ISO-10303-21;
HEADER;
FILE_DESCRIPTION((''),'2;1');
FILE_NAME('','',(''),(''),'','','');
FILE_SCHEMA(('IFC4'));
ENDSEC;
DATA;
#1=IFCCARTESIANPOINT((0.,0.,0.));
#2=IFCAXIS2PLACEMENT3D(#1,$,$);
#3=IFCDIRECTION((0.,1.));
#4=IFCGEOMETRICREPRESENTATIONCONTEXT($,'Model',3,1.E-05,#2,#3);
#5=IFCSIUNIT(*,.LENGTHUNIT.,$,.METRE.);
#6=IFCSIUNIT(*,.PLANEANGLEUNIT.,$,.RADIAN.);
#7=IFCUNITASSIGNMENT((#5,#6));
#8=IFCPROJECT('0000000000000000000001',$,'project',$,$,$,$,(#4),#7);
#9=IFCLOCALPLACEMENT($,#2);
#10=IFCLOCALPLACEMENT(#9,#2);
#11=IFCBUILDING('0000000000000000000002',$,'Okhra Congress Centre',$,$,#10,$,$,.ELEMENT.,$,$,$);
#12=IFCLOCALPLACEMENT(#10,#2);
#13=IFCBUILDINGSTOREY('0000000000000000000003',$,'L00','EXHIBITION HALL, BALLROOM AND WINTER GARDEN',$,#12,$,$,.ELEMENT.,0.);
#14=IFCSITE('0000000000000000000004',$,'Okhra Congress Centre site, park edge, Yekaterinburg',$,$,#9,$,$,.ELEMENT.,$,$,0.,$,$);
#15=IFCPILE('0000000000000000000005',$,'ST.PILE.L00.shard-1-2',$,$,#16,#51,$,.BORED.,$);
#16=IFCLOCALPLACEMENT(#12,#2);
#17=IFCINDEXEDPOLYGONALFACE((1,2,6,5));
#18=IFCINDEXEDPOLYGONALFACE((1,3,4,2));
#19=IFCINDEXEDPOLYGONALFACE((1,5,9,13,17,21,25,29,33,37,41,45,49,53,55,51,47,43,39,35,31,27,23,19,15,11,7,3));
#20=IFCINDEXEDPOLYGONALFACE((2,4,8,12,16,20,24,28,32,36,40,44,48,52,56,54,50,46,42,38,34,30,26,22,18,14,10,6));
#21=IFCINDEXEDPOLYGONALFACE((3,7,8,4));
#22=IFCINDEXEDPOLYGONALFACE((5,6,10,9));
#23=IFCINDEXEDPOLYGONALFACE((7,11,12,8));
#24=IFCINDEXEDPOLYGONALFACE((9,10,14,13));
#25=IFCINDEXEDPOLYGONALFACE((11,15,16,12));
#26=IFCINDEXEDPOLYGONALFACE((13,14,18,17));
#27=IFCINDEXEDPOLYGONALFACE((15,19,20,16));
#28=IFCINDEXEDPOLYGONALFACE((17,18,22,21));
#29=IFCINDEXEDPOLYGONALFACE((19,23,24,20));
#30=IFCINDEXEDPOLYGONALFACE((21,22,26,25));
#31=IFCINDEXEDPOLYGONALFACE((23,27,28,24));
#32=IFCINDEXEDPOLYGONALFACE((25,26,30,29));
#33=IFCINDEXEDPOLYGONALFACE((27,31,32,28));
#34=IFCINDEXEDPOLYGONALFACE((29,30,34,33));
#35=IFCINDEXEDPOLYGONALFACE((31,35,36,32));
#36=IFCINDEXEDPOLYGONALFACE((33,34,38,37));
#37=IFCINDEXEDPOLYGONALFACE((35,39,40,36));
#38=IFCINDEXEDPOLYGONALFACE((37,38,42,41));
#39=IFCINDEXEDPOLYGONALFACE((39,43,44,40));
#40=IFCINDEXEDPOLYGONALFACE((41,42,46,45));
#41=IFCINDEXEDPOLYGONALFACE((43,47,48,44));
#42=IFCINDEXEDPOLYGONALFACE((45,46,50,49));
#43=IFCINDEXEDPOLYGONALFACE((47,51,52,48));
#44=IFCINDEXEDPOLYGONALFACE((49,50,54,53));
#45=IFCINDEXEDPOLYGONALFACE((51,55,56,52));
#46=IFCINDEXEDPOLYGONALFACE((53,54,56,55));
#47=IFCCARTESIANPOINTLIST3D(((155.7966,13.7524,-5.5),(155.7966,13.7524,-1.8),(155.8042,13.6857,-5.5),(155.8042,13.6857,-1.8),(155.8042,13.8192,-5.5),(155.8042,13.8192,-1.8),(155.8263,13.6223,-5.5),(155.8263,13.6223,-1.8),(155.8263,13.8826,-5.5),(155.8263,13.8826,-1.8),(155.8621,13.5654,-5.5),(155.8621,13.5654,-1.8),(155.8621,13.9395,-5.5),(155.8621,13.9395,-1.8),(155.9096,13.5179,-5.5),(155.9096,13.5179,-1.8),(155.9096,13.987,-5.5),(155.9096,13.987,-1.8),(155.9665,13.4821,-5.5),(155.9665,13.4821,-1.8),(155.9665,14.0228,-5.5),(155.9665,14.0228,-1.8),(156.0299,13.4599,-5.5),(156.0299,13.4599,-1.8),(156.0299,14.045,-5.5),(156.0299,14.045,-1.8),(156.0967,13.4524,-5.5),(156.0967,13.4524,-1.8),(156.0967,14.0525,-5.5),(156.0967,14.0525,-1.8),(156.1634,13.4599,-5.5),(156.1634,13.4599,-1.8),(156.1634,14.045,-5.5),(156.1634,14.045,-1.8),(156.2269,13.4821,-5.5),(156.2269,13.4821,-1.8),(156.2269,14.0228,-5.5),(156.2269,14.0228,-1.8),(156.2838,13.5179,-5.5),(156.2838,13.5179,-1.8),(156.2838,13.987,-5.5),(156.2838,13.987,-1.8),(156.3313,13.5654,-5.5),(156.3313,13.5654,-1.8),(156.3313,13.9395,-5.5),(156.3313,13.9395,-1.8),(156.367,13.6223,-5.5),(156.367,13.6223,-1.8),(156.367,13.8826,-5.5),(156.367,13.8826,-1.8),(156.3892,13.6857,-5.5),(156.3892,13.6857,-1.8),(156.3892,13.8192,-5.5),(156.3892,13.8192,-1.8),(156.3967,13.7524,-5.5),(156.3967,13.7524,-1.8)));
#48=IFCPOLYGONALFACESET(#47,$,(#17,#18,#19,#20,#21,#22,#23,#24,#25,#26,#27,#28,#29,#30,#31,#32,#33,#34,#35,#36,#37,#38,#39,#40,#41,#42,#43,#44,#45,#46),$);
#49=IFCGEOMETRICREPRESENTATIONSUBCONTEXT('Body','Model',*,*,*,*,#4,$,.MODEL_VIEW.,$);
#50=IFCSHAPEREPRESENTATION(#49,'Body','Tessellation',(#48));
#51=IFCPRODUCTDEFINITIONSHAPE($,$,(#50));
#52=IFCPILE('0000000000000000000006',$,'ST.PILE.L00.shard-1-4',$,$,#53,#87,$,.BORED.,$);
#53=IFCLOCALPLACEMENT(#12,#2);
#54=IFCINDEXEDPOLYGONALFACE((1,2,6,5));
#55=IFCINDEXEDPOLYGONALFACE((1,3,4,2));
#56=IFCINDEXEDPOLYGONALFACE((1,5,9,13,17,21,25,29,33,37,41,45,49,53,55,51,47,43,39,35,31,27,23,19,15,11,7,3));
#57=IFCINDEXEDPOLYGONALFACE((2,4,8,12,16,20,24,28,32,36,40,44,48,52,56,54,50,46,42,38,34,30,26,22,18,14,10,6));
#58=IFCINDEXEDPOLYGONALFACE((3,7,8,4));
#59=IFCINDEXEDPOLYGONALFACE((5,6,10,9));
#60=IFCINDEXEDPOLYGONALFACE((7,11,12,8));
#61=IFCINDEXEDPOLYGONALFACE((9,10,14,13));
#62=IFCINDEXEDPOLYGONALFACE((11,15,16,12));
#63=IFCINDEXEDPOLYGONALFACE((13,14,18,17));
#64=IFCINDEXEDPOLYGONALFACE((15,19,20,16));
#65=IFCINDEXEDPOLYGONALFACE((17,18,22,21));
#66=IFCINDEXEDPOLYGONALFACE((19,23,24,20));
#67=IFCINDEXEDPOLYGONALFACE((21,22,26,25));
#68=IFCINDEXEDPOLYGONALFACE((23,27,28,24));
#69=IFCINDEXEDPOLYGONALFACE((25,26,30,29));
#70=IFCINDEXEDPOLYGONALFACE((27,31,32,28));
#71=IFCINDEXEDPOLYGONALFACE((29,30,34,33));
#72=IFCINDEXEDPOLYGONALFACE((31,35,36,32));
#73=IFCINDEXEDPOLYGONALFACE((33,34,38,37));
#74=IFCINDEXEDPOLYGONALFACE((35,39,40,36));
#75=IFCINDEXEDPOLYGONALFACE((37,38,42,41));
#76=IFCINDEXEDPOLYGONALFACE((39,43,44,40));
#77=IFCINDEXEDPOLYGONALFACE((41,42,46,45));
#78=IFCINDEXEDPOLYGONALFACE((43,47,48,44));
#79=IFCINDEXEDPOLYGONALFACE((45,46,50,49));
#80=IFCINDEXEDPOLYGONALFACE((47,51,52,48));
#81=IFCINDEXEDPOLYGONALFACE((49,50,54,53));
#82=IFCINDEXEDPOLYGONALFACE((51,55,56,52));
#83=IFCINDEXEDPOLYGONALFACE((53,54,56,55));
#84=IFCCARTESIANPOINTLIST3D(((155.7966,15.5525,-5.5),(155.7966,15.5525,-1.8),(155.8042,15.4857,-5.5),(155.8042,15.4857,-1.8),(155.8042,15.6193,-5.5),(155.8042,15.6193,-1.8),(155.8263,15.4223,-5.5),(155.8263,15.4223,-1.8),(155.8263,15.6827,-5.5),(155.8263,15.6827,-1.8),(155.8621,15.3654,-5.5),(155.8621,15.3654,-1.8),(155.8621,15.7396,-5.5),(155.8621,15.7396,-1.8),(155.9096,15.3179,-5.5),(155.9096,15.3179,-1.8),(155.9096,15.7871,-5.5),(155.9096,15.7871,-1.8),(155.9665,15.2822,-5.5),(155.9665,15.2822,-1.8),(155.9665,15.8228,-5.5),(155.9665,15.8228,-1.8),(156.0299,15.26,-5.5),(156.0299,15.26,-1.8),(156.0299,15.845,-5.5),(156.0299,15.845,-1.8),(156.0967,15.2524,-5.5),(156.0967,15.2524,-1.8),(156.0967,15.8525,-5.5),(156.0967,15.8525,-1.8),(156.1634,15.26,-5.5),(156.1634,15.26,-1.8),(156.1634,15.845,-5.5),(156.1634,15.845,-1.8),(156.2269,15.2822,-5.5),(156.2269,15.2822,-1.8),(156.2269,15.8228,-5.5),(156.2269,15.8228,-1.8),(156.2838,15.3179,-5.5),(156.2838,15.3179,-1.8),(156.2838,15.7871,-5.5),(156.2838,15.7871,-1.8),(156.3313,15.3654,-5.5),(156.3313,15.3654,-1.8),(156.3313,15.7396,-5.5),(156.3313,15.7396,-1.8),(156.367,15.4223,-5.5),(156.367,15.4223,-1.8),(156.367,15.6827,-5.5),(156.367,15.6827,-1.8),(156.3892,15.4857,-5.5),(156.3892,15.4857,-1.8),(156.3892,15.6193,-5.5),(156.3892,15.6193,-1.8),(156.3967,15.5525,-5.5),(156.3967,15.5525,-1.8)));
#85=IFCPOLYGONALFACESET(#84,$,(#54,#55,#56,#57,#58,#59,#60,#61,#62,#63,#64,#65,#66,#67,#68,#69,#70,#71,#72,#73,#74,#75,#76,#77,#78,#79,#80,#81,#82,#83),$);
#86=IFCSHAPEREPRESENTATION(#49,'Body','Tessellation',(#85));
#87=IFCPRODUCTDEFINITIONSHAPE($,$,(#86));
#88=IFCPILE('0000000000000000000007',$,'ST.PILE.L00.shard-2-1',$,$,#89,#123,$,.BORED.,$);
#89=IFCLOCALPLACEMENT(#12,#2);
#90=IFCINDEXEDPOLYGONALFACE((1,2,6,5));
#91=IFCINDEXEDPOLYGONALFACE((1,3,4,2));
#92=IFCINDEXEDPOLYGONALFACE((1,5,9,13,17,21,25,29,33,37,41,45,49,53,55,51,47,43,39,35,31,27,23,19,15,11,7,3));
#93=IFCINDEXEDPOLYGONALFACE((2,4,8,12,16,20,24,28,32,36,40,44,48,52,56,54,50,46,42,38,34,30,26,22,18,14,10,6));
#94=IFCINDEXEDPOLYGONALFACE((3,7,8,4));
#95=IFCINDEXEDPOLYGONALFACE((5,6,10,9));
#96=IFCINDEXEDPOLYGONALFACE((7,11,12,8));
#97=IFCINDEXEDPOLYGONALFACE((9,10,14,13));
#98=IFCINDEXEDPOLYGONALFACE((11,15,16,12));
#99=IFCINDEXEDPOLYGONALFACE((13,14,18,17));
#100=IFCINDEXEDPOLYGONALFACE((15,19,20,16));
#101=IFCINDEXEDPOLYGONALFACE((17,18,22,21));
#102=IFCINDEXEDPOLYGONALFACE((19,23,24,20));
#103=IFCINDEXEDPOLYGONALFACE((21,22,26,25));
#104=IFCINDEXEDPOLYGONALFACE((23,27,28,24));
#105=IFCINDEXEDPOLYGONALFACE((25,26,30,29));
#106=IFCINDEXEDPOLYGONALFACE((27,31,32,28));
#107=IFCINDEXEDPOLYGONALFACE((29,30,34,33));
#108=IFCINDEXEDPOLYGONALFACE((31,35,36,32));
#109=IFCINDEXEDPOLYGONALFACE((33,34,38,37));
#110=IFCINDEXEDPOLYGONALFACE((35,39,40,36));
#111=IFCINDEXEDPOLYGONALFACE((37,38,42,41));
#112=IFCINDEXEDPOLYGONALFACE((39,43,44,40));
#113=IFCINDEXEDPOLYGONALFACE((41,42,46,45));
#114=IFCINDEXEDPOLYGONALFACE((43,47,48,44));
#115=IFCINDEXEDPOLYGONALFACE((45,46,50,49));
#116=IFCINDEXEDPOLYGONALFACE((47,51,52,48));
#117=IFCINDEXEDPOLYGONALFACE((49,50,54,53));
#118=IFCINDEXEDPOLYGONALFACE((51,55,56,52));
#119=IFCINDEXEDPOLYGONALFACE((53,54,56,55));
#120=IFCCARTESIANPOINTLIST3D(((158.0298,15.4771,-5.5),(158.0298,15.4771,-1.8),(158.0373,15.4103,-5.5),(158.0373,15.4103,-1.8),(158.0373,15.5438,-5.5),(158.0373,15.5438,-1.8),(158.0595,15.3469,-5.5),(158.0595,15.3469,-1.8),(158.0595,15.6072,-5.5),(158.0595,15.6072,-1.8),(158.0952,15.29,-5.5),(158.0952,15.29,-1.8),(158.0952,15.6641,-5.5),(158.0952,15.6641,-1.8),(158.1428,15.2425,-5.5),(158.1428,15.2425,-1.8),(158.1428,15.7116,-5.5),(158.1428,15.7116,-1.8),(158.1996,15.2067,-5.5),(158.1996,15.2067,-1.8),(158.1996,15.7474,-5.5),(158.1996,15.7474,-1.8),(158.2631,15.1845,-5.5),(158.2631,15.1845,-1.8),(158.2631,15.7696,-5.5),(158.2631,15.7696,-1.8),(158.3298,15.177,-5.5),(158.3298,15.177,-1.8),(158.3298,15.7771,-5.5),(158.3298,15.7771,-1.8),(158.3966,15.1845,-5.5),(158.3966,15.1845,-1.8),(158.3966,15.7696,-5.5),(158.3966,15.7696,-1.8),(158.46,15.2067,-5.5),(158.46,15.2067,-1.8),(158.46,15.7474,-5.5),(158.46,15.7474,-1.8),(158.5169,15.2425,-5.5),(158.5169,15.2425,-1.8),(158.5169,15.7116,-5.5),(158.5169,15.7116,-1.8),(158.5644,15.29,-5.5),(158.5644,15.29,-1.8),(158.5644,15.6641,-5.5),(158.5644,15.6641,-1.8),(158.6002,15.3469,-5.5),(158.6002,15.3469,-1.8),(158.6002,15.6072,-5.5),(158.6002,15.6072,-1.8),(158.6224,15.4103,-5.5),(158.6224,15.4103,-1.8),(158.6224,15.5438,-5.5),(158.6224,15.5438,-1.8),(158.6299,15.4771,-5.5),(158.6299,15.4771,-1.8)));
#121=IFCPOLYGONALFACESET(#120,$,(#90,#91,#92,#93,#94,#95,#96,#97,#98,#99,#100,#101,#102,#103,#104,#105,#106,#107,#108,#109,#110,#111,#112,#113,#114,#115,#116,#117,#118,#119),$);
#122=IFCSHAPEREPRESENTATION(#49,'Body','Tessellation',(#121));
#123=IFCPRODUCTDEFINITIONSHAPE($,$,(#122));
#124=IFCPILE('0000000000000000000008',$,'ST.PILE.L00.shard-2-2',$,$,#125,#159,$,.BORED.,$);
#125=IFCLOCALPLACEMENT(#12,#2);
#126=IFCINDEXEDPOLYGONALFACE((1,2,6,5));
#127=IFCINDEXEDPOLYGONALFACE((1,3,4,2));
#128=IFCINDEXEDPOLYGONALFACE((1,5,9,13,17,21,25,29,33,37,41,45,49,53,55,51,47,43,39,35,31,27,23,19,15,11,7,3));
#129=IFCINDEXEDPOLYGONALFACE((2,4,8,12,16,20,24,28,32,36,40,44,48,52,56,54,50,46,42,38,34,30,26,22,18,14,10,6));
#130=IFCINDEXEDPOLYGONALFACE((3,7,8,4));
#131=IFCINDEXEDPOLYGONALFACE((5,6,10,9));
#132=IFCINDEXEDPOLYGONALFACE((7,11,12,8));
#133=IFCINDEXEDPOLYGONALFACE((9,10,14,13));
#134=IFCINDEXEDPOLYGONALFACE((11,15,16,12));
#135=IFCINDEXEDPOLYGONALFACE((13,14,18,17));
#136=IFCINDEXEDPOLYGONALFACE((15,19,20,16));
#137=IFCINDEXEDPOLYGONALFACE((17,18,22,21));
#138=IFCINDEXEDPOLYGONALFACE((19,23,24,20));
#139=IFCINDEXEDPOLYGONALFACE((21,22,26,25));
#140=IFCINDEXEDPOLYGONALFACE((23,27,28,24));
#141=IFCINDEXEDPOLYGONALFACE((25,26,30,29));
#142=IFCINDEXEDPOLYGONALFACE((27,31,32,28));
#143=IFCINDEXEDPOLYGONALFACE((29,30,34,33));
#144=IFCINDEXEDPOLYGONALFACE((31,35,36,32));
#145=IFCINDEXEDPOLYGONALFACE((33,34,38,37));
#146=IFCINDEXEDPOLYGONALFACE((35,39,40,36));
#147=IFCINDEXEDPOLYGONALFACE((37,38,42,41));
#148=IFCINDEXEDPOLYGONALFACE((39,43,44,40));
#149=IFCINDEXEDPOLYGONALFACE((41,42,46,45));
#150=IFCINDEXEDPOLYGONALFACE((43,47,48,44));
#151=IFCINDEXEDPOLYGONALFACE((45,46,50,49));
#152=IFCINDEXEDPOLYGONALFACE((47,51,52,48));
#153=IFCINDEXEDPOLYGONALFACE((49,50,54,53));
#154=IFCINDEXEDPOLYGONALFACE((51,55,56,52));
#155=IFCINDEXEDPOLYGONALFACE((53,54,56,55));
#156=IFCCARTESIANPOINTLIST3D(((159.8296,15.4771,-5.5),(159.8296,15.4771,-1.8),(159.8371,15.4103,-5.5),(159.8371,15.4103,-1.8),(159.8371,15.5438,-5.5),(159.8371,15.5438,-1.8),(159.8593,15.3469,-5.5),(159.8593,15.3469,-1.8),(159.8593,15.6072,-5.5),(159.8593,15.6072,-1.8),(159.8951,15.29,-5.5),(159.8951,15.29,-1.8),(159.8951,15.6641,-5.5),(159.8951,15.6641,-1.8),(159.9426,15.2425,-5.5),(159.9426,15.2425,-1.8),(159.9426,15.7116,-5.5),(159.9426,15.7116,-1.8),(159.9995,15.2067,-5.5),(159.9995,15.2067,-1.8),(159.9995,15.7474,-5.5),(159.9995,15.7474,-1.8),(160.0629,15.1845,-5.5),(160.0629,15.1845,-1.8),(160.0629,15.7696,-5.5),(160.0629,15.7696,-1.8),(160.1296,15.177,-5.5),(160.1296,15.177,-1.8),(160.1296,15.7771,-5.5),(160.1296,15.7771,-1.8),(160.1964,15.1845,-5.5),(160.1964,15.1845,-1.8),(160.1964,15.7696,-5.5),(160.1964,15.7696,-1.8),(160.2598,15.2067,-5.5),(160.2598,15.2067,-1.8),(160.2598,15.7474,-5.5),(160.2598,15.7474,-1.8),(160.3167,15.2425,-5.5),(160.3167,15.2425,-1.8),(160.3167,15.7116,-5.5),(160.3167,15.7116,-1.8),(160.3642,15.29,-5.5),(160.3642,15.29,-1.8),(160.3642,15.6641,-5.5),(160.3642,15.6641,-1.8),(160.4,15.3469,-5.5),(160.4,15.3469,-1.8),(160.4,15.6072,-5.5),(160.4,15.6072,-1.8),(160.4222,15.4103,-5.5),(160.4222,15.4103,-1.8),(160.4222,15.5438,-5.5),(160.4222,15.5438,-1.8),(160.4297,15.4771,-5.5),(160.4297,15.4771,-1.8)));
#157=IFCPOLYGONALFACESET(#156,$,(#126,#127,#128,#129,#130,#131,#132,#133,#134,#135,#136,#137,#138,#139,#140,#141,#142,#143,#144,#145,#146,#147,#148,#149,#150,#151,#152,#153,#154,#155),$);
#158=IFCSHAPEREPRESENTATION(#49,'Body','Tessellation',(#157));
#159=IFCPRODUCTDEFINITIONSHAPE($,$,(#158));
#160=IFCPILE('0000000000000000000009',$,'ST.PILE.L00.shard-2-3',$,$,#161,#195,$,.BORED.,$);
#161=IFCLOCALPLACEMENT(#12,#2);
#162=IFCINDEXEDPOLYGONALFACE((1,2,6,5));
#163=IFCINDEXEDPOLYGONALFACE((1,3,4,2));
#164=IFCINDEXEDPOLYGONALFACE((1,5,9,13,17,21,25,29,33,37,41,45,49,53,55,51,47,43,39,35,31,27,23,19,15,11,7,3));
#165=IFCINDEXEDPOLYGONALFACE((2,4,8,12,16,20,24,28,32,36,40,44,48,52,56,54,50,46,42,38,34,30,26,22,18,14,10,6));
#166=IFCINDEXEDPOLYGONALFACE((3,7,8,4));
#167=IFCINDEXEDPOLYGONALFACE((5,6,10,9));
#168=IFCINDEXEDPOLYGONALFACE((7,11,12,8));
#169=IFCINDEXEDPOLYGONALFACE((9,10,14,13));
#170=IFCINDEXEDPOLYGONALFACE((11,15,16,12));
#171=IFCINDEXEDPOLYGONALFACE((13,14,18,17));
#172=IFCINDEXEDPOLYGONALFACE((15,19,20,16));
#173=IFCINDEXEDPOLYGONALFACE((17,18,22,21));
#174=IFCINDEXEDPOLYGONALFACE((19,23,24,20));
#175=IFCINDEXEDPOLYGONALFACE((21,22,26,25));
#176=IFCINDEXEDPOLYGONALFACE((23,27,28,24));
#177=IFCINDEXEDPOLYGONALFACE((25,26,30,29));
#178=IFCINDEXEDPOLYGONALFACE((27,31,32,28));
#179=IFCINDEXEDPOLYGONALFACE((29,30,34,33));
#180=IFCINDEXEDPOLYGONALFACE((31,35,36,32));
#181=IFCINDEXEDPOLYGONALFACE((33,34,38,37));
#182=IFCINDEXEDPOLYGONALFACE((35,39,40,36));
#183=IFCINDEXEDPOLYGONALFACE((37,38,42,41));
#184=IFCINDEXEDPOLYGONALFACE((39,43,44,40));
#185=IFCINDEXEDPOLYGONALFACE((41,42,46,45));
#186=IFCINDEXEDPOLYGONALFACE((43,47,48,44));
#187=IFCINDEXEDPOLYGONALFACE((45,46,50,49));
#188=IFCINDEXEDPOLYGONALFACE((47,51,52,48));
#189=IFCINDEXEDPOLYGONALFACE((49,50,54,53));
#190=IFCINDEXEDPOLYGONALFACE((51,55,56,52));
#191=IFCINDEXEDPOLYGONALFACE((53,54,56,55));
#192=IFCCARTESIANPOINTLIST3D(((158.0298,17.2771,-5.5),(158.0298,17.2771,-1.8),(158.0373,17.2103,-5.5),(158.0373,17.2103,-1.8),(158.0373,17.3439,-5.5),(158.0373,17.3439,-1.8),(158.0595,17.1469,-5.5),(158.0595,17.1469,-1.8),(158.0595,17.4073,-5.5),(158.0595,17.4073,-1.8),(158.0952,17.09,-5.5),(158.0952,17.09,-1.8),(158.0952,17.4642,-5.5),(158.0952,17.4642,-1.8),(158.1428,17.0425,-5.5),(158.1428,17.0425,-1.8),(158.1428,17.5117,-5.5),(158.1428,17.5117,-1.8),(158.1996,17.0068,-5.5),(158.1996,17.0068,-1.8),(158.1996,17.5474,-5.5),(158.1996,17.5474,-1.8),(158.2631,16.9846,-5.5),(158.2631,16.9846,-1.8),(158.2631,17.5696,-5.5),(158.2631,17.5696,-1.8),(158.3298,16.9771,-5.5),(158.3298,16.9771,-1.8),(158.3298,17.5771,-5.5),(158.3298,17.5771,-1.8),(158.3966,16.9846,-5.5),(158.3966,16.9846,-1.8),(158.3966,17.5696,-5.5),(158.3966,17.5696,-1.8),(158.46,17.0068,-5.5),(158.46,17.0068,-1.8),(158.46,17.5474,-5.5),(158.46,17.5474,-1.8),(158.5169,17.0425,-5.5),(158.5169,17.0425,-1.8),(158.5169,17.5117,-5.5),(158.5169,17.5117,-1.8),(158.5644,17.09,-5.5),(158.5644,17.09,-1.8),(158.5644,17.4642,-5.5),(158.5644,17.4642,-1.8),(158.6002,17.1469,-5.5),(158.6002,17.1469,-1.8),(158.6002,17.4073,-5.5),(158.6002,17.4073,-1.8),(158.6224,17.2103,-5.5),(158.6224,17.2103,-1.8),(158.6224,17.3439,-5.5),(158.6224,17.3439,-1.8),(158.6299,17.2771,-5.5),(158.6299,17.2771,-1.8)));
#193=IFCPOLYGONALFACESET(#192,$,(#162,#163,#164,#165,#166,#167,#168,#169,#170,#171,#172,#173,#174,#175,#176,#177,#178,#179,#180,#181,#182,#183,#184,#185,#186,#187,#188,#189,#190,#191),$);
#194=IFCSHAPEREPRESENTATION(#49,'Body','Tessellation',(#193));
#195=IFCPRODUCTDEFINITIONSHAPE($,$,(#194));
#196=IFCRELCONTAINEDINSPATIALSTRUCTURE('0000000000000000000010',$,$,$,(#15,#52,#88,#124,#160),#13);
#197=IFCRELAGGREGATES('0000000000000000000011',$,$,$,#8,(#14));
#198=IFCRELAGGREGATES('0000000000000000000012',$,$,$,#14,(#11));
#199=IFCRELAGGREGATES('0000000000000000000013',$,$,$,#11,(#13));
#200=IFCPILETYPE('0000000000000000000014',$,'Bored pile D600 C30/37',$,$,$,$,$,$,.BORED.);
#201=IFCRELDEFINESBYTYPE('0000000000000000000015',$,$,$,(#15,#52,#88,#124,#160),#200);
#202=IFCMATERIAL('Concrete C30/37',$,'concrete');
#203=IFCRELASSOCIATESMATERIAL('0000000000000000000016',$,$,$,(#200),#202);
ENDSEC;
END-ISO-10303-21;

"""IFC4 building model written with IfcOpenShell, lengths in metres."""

from ifc_helpers import new_model, si_unit, direction, frame, origin, origin_2d, place, context, subcontext, project, spatial, circle, extrude, material, material_profile, profile_set, type_object, element, save


model = new_model("IFC4")

# Units and contexts
model_context = context("Model", 3, precision=1e-05, world=origin(), true_north=direction((0.0, 1.0)))
body_context = subcontext(model_context, "Body", "Model", "MODEL_VIEW")
ifc_project = project(units=[si_unit("LENGTHUNIT", "METRE"), si_unit("PLANEANGLEUNIT", "RADIAN")], contexts=[model_context])

# Site, building, storey
site_placement = place(None, origin())
site = spatial("IfcSite", under=ifc_project, at=site_placement, Name="Okhra Congress Centre site, park edge, Yekaterinburg", CompositionType="ELEMENT", RefElevation=0.0)
building_placement = place(site_placement, origin())
building = spatial("IfcBuilding", under=site, at=building_placement, Name="Okhra Congress Centre", CompositionType="ELEMENT")
storey_placement = place(building_placement, origin())
storey = spatial("IfcBuildingStorey", under=building, at=storey_placement, Name="L00", Description="EXHIBITION HALL, BALLROOM AND WINTER GARDEN", CompositionType="ELEMENT", Elevation=0.0)

# Piles
ifc_material_1 = material(Name="Concrete C30/37", Category="concrete")
ifc_material_profile_1 = material_profile(ifc_material_1, circle(Radius=0.3, at=origin_2d()), Name="D600")
ifc_profile_set_1 = profile_set([ifc_material_profile_1], Name="Concrete C30/37")
pile_type = type_object("IfcPileType", Name="Bored pile D600 C30/37", PredefinedType="BORED", material=ifc_profile_set_1)
for number, where, z_axis, x_axis, name in (
    (1, (156.0967, 13.7524, -1.8), (0.0, 0.0, -1.0), (1.0, 0.0, 0.0), "ST.PILE.L00.shard-1-2"),
    (2, (156.0967, 15.5525, -1.8), (0.0, 0.0, -1.0), (1.0, 0.0, 0.0), "ST.PILE.L00.shard-1-4"),
    (3, (158.3298, 15.4771, -1.8), (0.0, 0.0, -1.0), (1.0, 0.0, 0.0), "ST.PILE.L00.shard-2-1"),
    (4, (160.1296, 15.4771, -1.8), (0.0, 0.0, -1.0), (1.0, 0.0, 0.0), "ST.PILE.L00.shard-2-2"),
    (5, (158.3298, 17.2771, -1.8), (0.0, 0.0, -1.0), (1.0, 0.0, 0.0), "ST.PILE.L00.shard-2-3"),
):
    element("IfcPile", number, at=place(storey_placement, frame(where, z_axis=z_axis, x_axis=x_axis)), inside=storey, type_object=pile_type, Name=name, PredefinedType="BORED", context=body_context, shape_type="SweptSolid", body=[
        extrude(circle(Radius=0.3, at=origin_2d()), origin(), (0.0, 0.0, 1.0), 3.7),
    ])

save(model, "model.ifc")
